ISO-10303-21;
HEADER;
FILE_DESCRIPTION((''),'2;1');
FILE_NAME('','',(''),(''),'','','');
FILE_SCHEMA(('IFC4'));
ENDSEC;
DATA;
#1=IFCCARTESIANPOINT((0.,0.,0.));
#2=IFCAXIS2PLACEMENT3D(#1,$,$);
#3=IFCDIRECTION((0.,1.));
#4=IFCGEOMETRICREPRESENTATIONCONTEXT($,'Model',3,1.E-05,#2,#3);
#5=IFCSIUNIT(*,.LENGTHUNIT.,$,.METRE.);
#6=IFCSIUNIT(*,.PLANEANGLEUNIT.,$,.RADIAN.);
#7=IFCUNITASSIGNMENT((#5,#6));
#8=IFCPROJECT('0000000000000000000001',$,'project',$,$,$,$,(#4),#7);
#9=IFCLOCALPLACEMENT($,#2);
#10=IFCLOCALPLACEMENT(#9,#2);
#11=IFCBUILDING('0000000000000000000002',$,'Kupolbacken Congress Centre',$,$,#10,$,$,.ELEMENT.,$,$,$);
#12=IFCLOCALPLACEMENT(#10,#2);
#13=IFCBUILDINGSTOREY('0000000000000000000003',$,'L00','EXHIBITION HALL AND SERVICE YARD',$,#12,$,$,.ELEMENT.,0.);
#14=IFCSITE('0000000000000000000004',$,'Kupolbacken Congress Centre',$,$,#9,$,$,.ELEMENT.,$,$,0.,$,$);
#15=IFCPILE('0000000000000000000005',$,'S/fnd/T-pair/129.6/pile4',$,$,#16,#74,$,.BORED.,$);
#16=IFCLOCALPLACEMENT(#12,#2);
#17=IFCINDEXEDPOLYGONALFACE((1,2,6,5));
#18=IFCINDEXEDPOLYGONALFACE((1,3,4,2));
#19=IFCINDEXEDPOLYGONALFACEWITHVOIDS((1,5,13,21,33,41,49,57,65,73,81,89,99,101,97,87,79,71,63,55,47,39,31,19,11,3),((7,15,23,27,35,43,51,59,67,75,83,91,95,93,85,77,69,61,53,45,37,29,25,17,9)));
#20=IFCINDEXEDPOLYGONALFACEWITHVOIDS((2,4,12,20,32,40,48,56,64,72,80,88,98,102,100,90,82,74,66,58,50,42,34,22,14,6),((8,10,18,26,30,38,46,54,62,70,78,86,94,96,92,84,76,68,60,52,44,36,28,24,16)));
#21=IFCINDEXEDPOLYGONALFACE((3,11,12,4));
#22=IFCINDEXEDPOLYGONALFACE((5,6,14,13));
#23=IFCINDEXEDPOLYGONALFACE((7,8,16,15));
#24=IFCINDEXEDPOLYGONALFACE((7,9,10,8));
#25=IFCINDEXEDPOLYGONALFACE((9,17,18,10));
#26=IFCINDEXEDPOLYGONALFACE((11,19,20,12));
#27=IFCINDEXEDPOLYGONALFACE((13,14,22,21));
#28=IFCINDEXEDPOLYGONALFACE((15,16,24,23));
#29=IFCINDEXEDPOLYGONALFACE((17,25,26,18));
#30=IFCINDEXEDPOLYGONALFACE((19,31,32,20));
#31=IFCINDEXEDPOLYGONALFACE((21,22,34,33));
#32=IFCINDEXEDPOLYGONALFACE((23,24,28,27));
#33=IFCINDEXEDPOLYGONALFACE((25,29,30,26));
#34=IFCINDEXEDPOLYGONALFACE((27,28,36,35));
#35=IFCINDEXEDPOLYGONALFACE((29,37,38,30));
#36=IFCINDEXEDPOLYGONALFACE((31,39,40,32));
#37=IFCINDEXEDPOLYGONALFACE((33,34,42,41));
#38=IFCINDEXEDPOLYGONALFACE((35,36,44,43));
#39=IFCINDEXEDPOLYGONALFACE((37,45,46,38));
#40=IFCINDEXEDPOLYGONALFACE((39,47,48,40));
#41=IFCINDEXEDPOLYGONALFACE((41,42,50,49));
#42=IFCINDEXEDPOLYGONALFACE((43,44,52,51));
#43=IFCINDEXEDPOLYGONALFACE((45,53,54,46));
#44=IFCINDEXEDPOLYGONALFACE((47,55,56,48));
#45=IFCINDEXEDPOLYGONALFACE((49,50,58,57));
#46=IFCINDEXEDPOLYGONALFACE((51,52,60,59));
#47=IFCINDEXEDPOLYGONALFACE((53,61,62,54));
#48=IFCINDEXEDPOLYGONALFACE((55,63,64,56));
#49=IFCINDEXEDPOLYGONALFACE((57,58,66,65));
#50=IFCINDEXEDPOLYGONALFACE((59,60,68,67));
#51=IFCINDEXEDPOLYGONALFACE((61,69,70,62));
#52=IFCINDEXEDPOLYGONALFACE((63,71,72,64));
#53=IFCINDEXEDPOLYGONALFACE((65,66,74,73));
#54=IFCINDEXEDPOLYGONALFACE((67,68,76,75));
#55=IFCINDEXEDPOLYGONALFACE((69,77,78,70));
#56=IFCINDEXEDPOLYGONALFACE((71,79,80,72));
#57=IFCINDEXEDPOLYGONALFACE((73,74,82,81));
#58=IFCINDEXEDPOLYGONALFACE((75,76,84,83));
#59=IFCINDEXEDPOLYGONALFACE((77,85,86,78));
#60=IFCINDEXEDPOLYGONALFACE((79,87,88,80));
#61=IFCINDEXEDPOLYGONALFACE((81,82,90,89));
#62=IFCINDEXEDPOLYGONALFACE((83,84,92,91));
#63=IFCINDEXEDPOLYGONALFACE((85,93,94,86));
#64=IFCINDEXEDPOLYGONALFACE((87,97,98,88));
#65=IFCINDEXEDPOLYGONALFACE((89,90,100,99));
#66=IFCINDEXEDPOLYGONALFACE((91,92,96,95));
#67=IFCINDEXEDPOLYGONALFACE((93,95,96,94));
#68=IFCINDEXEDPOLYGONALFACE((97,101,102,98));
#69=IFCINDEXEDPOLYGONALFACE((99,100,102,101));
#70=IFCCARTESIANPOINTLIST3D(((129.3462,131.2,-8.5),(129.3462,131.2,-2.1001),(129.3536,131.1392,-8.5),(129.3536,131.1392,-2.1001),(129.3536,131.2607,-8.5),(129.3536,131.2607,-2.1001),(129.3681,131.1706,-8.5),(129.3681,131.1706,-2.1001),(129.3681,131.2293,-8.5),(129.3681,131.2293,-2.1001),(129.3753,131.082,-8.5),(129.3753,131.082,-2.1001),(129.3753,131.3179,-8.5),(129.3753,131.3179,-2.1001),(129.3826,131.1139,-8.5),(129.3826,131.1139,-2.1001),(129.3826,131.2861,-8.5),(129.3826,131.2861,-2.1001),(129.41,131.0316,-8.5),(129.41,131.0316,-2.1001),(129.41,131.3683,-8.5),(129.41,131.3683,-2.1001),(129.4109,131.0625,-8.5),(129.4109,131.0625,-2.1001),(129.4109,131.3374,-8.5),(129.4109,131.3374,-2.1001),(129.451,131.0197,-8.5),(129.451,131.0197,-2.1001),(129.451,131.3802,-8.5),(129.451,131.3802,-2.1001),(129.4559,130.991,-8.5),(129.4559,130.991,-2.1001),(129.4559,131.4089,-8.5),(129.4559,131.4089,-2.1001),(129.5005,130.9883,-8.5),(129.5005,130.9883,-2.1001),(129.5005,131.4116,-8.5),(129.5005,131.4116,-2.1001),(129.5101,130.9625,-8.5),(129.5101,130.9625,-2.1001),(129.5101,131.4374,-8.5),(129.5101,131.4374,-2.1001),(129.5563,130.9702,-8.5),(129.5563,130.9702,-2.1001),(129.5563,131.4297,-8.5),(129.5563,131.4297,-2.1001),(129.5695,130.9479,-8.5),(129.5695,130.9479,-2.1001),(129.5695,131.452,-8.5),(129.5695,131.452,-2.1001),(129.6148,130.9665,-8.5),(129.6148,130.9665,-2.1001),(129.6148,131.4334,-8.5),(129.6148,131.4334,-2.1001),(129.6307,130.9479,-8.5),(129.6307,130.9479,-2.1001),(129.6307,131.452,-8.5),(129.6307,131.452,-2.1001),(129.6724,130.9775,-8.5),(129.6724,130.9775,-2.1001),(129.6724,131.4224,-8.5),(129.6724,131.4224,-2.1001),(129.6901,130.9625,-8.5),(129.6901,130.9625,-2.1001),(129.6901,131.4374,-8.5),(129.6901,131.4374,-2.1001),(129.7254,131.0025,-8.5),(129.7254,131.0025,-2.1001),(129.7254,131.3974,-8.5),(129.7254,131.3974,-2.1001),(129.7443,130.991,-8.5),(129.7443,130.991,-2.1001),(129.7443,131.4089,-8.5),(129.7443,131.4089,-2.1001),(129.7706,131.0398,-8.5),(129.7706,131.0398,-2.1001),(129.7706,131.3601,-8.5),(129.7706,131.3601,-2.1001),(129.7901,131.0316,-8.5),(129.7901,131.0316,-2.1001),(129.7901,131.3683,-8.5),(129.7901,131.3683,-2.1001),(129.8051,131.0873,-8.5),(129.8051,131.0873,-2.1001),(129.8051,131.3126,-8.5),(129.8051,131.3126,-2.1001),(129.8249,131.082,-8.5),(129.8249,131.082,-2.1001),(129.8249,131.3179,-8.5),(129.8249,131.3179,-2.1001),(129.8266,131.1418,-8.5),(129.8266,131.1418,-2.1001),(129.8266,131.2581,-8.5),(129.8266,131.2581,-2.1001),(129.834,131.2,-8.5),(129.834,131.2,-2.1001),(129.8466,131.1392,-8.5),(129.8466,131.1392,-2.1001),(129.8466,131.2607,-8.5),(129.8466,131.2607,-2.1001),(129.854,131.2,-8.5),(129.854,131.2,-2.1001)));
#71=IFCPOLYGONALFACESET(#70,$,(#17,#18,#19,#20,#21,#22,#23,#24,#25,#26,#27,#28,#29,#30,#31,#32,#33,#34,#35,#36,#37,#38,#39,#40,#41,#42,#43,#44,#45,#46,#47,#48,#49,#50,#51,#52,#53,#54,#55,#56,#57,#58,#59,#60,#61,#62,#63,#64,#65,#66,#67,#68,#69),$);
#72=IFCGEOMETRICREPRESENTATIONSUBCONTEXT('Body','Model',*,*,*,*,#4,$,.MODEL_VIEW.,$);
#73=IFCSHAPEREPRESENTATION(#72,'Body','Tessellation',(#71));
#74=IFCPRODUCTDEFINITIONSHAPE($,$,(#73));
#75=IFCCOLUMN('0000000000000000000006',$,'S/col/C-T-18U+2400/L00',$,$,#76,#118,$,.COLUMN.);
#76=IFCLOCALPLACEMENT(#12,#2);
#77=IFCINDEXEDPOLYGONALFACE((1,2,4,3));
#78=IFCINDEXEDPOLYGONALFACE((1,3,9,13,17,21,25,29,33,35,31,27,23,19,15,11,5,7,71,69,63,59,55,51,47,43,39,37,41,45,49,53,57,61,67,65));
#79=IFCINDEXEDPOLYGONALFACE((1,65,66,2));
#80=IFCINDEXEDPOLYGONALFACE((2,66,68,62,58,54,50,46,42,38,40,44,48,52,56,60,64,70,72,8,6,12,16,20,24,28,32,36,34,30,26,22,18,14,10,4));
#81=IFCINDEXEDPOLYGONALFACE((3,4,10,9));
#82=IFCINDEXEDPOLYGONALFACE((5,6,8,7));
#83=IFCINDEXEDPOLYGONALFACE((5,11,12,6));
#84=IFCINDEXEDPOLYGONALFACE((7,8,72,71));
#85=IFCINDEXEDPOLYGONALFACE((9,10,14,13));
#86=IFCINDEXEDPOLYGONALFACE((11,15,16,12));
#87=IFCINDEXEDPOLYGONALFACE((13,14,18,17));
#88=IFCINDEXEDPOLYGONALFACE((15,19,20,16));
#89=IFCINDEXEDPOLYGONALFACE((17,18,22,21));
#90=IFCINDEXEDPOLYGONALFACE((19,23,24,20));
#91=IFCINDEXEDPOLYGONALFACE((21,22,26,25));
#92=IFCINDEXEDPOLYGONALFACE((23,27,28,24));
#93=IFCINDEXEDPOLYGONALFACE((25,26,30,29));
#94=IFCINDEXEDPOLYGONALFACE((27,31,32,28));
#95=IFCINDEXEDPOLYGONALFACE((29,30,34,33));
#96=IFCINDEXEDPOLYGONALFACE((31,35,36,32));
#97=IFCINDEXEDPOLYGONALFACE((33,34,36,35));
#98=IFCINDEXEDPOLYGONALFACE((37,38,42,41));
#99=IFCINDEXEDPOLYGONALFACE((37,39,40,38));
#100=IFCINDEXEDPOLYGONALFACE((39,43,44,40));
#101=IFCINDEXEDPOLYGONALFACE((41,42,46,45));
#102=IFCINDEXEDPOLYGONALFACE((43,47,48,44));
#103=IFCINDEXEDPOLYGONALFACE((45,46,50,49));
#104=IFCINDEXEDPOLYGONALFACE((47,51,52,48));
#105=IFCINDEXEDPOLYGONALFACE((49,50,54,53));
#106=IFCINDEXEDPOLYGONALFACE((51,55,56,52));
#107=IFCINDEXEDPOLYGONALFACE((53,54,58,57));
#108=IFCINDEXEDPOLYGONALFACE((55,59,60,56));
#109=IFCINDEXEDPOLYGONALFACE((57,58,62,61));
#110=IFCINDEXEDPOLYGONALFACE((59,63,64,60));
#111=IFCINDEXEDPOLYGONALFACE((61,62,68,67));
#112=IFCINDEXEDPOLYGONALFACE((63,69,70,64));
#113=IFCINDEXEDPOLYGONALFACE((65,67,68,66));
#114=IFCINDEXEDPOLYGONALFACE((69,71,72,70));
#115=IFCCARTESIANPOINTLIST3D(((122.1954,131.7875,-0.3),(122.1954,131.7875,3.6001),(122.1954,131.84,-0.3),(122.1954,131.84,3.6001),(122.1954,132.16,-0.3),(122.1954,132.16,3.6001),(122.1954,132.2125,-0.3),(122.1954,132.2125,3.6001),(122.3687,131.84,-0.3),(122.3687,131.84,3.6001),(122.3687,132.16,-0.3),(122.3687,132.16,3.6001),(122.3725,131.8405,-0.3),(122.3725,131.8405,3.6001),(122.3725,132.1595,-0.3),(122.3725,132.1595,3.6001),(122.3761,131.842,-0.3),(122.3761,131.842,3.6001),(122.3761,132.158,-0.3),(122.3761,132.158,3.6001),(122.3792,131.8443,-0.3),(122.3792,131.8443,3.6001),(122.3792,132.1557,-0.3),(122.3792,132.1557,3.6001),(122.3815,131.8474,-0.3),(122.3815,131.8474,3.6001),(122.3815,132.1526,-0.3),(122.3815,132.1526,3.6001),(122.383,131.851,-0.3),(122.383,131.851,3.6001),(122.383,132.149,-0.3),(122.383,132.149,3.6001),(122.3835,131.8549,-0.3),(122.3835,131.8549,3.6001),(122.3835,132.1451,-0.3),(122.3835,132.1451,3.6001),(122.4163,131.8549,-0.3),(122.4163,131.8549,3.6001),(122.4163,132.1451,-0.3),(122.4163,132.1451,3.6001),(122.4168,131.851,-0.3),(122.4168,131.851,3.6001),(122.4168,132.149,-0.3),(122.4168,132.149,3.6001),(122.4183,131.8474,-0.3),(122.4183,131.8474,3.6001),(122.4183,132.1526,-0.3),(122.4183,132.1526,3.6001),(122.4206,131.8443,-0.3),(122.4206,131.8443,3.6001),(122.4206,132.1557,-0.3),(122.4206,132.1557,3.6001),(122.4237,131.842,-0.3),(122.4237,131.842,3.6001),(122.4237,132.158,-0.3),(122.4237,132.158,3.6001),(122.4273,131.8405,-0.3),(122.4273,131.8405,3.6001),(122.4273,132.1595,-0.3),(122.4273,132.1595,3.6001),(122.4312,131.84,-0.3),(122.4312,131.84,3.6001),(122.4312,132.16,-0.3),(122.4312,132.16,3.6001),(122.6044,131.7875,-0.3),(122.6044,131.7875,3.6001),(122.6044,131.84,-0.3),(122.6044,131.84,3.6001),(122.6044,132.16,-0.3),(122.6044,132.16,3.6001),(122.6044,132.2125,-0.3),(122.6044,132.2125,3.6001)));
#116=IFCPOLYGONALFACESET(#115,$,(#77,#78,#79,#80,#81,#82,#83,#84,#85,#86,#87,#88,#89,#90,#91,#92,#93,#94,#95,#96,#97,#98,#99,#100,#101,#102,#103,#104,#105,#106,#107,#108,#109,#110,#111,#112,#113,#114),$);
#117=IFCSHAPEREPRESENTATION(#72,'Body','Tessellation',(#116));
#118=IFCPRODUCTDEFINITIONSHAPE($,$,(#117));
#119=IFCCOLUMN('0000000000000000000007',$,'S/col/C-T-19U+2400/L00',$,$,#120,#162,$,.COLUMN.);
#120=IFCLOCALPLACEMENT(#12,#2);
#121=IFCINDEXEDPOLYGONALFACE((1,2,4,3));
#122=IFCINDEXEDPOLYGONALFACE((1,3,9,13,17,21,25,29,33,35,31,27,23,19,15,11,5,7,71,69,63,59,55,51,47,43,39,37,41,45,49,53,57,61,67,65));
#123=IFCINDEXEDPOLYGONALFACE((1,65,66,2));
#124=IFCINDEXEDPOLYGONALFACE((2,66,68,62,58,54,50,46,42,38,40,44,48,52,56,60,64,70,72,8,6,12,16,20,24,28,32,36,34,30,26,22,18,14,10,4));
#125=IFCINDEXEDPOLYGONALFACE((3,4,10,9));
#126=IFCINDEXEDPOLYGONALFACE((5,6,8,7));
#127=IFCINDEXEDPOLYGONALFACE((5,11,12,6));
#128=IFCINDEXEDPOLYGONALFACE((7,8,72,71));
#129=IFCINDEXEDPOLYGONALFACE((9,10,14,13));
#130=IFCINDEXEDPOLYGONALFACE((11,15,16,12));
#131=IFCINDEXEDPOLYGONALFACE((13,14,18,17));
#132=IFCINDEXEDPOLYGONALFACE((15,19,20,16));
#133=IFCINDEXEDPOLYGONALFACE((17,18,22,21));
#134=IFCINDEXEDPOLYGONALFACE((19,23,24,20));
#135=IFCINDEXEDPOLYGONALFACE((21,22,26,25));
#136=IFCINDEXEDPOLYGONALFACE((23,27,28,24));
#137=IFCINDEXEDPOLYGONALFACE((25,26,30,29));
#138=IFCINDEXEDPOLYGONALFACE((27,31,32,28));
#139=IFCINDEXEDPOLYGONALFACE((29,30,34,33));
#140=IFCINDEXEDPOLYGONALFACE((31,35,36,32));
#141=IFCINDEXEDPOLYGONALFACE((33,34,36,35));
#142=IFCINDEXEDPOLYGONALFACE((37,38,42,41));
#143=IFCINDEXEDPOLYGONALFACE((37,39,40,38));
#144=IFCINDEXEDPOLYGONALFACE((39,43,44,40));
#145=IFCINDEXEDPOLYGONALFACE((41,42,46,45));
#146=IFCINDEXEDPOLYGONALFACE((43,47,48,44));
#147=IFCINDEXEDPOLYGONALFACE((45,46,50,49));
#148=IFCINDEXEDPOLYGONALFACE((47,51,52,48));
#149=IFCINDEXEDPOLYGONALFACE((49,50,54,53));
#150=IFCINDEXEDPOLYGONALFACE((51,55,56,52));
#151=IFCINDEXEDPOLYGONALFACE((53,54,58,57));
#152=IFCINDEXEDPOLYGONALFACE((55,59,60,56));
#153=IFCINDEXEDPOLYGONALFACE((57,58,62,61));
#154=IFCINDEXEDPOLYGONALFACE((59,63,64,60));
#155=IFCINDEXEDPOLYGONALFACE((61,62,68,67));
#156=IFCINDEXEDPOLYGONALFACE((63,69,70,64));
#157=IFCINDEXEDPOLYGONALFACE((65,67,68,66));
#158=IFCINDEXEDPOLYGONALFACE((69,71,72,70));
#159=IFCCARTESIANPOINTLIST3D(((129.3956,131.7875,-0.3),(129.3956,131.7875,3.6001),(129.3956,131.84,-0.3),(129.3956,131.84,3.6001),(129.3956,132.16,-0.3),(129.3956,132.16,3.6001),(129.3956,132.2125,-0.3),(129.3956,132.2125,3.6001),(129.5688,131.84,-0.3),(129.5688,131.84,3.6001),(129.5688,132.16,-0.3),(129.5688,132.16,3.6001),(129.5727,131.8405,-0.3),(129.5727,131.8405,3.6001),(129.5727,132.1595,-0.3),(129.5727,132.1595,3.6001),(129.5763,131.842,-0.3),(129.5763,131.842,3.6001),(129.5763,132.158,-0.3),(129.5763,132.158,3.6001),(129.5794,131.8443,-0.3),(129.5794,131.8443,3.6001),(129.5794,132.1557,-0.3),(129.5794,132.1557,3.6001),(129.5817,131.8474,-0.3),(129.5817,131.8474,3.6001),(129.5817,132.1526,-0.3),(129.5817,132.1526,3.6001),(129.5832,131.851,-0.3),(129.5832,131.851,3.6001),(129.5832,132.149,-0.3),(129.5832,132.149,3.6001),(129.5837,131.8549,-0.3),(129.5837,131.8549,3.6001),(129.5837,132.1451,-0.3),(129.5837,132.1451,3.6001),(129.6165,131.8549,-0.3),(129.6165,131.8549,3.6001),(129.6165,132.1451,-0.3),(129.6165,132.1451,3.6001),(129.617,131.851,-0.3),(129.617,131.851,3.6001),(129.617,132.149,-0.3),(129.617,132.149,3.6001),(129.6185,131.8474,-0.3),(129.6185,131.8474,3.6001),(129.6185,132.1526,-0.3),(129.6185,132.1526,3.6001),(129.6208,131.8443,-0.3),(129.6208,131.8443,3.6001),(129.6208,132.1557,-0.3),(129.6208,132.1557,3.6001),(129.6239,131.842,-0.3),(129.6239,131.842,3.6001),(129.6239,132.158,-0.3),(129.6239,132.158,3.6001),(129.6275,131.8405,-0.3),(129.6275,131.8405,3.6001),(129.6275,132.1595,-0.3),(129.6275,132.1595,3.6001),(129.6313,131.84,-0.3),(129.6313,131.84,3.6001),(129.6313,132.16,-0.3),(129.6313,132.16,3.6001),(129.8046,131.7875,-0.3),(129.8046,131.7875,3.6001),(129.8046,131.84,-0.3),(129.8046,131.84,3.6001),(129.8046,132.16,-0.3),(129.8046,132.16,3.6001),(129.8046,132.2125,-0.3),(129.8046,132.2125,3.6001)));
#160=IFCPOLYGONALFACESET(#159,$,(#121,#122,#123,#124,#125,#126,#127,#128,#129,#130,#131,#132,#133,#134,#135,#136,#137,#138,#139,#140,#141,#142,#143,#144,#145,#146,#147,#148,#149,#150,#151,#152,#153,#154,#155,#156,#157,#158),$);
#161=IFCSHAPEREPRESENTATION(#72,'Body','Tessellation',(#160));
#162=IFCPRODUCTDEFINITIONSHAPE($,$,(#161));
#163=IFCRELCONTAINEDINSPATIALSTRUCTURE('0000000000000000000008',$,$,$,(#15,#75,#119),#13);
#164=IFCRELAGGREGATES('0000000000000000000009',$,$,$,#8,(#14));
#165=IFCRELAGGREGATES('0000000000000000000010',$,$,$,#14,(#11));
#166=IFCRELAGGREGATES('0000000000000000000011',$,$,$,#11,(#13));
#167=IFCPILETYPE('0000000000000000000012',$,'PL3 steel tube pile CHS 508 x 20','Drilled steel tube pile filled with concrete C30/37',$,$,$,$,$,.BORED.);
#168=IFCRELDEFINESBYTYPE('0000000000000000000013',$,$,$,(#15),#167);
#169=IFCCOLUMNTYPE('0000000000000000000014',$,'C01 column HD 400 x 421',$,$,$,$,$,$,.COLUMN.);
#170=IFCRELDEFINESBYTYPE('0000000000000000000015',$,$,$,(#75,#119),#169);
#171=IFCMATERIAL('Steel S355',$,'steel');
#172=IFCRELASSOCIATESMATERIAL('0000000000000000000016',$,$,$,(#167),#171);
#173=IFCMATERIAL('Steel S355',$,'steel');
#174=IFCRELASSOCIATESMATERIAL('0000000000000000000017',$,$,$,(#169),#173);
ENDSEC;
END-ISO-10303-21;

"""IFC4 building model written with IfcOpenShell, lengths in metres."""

from ifc_helpers import new_model, si_unit, direction, frame, origin, origin_2d, place, context, subcontext, project, spatial, hollow_circle, i_section, extrude, material, material_profile, profile_set, type_object, element, save


model = new_model("IFC4")

# Units and contexts
model_context = context("Model", 3, precision=1e-05, world=origin(), true_north=direction((0.0, 1.0)))
body_context = subcontext(model_context, "Body", "Model", "MODEL_VIEW")
ifc_project = project(units=[si_unit("LENGTHUNIT", "METRE"), si_unit("PLANEANGLEUNIT", "RADIAN")], contexts=[model_context])

# Site, building, storey
site_placement = place(None, origin())
site = spatial("IfcSite", under=ifc_project, at=site_placement, Name="Kupolbacken Congress Centre", CompositionType="ELEMENT", RefElevation=0.0)
building_placement = place(site_placement, origin())
building = spatial("IfcBuilding", under=site, at=building_placement, Name="Kupolbacken Congress Centre", CompositionType="ELEMENT")
storey_placement = place(building_placement, origin())
storey = spatial("IfcBuildingStorey", under=building, at=storey_placement, Name="L00", Description="EXHIBITION HALL AND SERVICE YARD", CompositionType="ELEMENT", Elevation=0.0)

# Pile
ifc_material_1 = material(Name="Steel S355", Category="steel")
ifc_material_profile_1 = material_profile(ifc_material_1, hollow_circle(Radius=0.2539, WallThickness=0.02, at=origin_2d()), Name="CHS 508 x 20")
ifc_profile_set_1 = profile_set([ifc_material_profile_1], Name="Steel S355")
pile_type_1 = type_object("IfcPileType", Name="PL3 steel tube pile CHS 508 x 20", Description="Drilled steel tube pile filled with concrete C30/37", PredefinedType="BORED", material=ifc_profile_set_1)
for number, where, z_axis, x_axis, name in (
    (1, (129.6001, 131.2, -2.1001), (0.0, 0.0, -1.0), (1.0, 0.0, 0.0), "S/fnd/T-pair/129.6/pile4"),
):
    element("IfcPile", number, at=place(storey_placement, frame(where, z_axis=z_axis, x_axis=x_axis)), inside=storey, type_object=pile_type_1, Name=name, PredefinedType="BORED", context=body_context, shape_type="SweptSolid", body=[
        extrude(hollow_circle(Radius=0.2539, WallThickness=0.02, at=origin_2d()), origin(), (0.0, 0.0, 1.0), 6.3999),
    ])

# Columns
ifc_material_2 = material(Name="Steel S355", Category="steel")
ifc_material_profile_2 = material_profile(ifc_material_2, i_section(OverallWidth=0.4089, OverallDepth=0.425, WebThickness=0.0327, FlangeThickness=0.0525, FilletRadius=0.0149, at=origin_2d()), Name="HD 400 x 421")
ifc_profile_set_2 = profile_set([ifc_material_profile_2], Name="Steel S355")
column_type_1 = type_object("IfcColumnType", Name="C01 column HD 400 x 421", PredefinedType="COLUMN", material=ifc_profile_set_2)
for number, where, z_axis, x_axis, name in (
    (2, (122.3999, 132.0, -0.3), (0.0, 0.0, 1.0), (1.0, 0.0, 0.0), "S/col/C-T-18U+2400/L00"),
    (3, (129.6001, 132.0, -0.3), (0.0, 0.0, 1.0), (1.0, 0.0, 0.0), "S/col/C-T-19U+2400/L00"),
):
    element("IfcColumn", number, at=place(storey_placement, frame(where, z_axis=z_axis, x_axis=x_axis)), inside=storey, type_object=column_type_1, Name=name, PredefinedType="COLUMN", context=body_context, shape_type="SweptSolid", body=[
        extrude(i_section(OverallWidth=0.4089, OverallDepth=0.425, WebThickness=0.0327, FlangeThickness=0.0525, FilletRadius=0.0149, at=origin_2d()), origin(), (0.0, 0.0, 1.0), 3.9001),
    ])

save(model, "model.ifc")
